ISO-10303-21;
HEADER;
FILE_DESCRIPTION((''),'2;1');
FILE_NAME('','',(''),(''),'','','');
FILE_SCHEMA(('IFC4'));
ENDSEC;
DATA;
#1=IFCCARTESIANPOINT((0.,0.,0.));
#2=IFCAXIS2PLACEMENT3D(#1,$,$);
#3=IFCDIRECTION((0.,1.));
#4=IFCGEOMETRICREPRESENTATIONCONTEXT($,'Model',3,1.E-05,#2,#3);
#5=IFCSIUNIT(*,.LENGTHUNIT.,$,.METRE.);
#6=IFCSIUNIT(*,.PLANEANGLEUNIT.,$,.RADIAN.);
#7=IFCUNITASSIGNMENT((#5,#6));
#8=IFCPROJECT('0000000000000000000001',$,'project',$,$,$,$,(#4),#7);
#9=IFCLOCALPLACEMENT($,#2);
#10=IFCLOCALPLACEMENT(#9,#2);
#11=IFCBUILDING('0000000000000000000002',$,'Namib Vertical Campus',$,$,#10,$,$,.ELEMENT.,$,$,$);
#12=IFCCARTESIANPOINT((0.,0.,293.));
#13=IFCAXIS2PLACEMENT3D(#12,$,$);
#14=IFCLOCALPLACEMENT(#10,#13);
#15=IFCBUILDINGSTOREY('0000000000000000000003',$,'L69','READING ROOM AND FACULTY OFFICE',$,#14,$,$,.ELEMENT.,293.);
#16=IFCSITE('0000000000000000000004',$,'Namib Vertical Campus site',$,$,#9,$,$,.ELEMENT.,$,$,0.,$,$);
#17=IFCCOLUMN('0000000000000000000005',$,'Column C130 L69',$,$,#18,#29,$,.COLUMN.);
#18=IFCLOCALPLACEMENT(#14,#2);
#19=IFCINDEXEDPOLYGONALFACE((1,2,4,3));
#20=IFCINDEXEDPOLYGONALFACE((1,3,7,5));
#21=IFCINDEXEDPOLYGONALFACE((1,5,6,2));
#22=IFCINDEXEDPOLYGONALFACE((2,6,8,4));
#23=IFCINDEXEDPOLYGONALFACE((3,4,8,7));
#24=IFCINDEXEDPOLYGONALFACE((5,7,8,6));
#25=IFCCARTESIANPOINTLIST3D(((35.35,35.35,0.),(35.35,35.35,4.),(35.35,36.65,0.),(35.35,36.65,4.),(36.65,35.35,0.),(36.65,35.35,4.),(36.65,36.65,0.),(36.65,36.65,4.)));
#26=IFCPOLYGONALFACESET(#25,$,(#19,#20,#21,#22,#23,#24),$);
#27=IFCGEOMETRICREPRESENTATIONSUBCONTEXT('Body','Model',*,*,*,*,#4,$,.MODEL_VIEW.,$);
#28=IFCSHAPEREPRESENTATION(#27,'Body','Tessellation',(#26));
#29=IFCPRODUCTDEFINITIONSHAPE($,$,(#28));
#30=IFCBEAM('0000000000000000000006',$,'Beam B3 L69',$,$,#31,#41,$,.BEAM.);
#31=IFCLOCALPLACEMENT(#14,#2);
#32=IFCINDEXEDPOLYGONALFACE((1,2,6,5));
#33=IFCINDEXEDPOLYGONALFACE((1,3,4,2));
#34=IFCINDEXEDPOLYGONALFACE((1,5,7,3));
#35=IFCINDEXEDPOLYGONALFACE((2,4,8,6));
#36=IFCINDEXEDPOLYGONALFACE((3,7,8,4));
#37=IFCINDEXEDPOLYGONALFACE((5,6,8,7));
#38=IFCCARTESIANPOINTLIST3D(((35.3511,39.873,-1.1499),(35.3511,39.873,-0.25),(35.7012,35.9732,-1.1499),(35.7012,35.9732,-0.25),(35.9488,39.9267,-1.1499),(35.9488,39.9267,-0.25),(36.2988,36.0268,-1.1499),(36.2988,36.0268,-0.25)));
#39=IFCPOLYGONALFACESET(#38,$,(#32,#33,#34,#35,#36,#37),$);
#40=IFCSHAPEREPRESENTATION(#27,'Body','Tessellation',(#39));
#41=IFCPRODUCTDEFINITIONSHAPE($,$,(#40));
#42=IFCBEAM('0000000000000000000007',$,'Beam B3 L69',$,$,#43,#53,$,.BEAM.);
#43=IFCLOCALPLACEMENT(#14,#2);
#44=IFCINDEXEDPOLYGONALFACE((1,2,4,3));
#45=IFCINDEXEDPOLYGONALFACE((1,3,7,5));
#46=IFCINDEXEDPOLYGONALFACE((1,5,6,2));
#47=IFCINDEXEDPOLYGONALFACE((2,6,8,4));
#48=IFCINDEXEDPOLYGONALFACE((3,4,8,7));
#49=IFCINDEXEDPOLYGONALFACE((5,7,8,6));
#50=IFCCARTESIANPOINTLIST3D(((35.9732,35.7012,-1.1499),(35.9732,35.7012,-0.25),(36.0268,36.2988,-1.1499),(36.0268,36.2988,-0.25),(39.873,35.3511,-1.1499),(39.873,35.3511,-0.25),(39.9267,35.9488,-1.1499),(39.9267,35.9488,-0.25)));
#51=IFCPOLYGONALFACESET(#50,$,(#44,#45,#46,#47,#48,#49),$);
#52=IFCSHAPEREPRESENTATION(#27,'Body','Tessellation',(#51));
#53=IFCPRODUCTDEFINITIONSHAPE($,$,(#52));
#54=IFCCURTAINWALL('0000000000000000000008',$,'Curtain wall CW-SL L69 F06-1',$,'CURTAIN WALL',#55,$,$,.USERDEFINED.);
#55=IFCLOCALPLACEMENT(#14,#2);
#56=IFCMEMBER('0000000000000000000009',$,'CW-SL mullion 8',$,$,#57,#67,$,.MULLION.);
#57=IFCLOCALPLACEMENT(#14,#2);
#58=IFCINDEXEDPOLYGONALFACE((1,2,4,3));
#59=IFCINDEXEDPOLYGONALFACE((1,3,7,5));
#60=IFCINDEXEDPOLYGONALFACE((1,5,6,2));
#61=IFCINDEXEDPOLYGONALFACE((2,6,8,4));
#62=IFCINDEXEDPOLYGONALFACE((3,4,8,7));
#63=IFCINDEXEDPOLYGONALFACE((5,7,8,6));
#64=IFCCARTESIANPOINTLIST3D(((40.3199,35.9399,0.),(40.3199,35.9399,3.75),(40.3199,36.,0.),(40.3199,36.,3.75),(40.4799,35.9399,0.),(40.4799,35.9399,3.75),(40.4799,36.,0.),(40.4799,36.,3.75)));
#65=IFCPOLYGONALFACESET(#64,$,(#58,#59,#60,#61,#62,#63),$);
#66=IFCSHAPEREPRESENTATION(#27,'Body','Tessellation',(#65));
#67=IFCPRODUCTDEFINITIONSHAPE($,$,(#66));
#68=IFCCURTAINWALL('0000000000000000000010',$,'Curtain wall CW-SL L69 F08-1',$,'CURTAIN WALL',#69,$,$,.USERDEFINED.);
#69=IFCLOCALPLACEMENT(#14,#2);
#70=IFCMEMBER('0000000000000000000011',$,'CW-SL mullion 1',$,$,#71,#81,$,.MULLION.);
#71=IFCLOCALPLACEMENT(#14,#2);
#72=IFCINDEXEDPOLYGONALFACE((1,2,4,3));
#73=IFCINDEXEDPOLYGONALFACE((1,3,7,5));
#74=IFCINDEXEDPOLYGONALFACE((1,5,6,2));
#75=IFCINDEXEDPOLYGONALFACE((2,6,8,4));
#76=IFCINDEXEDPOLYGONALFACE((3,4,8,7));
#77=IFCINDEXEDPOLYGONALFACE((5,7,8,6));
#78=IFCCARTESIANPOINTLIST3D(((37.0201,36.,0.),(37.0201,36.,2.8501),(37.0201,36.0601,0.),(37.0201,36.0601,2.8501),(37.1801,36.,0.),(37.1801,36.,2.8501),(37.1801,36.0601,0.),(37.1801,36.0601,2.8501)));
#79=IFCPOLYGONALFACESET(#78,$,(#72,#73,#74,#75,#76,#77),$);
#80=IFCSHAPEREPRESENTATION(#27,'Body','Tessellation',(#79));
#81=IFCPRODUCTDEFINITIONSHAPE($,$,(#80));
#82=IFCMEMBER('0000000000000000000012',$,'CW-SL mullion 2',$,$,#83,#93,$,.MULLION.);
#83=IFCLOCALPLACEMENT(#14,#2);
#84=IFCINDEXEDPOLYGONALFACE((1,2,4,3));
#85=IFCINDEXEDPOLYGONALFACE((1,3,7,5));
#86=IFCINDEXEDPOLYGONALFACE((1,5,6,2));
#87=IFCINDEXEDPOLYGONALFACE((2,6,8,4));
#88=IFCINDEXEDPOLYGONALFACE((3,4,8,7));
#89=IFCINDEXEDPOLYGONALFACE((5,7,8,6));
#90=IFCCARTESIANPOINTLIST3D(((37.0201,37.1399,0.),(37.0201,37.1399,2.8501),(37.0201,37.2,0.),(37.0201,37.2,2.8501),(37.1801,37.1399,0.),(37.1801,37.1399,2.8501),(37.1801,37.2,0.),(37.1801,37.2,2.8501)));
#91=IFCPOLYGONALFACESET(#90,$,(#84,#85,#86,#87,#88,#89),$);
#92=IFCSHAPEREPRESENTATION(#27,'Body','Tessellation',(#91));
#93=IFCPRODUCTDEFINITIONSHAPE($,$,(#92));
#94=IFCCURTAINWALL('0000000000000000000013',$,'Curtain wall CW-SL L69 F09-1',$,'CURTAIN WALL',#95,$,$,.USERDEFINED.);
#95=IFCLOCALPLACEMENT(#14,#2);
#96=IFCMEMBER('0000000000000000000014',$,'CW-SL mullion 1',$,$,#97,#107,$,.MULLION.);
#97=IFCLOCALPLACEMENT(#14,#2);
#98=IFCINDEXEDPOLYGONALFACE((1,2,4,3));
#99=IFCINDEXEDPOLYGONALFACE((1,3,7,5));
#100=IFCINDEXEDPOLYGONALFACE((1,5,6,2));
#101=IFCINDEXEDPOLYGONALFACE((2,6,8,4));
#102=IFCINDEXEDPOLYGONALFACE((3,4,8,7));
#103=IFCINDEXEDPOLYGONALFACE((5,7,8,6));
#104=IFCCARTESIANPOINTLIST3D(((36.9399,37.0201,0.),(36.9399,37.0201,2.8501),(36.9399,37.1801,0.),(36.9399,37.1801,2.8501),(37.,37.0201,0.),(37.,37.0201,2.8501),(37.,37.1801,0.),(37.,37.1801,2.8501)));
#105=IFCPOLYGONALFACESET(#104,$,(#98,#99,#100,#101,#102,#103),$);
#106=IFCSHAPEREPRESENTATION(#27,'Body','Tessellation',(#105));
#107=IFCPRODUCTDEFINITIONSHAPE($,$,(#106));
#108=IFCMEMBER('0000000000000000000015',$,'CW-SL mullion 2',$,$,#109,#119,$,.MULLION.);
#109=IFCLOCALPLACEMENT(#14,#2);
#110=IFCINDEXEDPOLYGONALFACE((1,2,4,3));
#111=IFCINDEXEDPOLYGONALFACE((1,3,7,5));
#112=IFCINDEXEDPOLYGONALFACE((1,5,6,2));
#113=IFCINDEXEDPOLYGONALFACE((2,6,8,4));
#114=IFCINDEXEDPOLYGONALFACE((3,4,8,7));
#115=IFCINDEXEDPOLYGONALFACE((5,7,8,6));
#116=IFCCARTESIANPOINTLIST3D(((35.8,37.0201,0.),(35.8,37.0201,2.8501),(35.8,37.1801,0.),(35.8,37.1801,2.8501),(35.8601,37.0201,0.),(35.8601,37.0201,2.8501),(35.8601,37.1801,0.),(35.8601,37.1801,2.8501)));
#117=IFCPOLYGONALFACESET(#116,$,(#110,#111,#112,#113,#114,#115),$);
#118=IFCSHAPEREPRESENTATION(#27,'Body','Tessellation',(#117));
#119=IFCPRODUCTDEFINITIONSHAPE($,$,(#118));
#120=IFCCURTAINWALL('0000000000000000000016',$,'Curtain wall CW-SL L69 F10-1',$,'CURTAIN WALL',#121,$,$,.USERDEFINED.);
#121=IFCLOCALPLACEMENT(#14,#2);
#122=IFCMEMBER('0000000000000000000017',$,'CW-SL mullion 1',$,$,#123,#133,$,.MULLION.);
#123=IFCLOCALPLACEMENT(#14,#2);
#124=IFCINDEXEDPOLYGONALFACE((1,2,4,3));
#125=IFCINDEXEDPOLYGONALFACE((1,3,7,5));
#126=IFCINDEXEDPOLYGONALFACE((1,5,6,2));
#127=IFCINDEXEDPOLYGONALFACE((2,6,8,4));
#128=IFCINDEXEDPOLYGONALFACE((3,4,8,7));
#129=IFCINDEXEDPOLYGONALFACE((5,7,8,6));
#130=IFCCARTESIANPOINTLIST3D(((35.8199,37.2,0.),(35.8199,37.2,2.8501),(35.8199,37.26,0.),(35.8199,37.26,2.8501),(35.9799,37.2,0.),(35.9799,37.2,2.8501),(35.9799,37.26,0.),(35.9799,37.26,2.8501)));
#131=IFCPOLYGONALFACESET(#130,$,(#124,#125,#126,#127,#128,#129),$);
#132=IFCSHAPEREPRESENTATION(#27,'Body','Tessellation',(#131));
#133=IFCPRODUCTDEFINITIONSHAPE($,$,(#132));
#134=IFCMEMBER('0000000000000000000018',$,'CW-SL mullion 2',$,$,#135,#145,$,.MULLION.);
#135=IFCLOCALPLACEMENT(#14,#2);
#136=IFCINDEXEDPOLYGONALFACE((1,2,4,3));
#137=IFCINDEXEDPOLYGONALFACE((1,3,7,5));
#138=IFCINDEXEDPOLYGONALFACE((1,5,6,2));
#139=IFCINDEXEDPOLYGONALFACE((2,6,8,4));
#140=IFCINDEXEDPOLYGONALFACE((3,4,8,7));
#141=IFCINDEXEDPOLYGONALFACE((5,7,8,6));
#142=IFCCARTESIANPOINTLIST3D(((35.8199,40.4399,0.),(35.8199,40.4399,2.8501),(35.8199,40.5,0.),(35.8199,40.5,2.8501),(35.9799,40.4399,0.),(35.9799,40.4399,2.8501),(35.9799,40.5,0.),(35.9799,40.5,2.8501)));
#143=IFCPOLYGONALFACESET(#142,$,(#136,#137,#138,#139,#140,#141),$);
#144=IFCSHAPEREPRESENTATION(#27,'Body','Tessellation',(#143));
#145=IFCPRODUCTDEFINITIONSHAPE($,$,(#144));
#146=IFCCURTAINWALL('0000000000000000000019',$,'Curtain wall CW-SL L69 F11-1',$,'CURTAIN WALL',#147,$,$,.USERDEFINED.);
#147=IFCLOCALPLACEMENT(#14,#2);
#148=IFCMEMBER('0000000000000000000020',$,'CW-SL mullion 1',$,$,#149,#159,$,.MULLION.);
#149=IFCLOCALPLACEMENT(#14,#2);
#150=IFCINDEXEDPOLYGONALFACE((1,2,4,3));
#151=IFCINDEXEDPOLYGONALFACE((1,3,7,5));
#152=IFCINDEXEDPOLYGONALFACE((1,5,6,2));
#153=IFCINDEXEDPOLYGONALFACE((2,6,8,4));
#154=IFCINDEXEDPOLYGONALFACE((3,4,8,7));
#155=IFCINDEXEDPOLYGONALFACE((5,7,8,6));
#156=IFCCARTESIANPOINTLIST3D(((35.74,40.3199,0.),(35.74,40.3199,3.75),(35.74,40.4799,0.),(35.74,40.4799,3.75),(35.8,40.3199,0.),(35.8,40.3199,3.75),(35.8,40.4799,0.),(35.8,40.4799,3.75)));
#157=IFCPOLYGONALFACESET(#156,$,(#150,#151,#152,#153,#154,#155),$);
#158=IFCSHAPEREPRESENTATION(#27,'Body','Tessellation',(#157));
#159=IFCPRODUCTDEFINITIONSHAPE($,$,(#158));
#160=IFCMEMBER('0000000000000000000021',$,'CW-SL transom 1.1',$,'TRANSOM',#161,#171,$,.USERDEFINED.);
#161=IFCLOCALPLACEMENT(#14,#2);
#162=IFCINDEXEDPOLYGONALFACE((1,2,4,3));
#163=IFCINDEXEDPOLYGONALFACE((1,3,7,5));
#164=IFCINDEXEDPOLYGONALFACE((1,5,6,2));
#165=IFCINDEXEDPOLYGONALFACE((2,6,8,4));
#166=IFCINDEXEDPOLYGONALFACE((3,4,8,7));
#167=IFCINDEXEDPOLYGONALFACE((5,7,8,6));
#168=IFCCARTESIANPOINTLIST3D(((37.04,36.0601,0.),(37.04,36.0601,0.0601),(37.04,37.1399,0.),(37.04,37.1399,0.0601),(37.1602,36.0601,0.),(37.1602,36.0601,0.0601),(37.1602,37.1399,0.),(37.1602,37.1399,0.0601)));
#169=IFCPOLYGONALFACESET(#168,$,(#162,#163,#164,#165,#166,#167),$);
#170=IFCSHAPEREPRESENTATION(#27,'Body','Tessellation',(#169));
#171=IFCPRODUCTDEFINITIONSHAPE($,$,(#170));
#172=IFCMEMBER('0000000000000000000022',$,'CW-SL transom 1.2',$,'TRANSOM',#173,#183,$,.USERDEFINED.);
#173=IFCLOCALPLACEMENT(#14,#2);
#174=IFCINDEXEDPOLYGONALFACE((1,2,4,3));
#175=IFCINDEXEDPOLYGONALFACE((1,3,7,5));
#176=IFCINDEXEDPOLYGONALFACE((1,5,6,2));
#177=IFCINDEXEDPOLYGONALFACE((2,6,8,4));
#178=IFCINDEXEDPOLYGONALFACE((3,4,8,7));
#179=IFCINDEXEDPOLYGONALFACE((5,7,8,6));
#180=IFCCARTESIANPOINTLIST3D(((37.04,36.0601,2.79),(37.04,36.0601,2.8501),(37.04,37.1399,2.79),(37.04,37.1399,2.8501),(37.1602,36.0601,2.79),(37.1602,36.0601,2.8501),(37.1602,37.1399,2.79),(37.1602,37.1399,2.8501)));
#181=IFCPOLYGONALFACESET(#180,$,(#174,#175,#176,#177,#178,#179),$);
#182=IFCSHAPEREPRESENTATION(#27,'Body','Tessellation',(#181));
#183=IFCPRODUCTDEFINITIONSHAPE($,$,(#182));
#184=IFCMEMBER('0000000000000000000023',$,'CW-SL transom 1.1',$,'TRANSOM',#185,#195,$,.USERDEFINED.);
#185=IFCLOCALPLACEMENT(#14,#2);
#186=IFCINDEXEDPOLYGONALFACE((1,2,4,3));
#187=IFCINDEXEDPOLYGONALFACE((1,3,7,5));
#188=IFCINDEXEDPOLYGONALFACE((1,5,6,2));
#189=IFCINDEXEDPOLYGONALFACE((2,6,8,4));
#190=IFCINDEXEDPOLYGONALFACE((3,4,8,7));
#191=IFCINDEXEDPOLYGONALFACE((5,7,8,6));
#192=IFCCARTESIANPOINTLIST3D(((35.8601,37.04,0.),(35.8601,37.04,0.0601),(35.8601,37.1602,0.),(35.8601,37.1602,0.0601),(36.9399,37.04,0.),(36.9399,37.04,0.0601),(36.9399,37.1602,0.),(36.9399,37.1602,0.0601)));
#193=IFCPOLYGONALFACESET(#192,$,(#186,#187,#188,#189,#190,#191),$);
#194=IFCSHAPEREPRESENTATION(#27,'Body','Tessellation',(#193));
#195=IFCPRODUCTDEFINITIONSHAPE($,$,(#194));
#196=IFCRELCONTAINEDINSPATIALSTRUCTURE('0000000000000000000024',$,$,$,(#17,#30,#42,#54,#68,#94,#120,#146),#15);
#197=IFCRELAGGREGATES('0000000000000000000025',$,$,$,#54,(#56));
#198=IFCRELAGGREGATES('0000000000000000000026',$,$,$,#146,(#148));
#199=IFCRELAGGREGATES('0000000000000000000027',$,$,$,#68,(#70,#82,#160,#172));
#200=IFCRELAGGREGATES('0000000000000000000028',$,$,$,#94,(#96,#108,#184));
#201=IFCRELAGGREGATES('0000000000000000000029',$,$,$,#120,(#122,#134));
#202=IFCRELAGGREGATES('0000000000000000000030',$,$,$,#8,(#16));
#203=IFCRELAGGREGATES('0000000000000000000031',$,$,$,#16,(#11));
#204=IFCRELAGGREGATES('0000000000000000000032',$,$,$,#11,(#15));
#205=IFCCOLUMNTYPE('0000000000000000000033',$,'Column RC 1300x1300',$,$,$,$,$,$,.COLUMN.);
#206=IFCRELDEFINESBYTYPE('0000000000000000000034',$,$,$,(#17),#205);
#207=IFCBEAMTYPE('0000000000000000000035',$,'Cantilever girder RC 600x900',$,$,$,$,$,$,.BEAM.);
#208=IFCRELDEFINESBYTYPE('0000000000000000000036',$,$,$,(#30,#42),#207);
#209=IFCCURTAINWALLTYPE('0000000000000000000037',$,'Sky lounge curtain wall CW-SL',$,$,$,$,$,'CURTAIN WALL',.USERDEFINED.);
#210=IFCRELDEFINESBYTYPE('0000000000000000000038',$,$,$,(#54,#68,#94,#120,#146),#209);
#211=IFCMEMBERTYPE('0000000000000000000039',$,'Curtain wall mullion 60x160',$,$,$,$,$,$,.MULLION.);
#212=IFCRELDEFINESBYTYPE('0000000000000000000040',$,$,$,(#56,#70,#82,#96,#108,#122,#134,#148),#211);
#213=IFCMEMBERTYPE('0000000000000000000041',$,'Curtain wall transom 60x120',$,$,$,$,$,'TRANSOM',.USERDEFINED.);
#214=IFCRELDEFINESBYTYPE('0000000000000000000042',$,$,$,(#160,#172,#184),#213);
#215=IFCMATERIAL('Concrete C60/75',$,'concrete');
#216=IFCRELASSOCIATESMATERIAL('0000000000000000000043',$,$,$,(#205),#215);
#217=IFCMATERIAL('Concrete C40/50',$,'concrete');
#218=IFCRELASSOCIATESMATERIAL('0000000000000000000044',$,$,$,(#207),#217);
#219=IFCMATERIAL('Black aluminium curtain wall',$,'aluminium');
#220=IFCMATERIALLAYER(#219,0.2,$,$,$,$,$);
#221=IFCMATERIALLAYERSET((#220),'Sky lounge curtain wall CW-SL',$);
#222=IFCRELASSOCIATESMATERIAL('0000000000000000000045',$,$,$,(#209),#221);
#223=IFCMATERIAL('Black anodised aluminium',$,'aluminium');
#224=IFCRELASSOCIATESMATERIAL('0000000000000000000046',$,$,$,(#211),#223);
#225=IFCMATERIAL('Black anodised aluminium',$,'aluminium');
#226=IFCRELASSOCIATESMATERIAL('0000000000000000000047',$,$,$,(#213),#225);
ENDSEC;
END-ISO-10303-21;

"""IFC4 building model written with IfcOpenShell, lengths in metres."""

from ifc_helpers import new_model, si_unit, direction, frame, origin, origin_2d, place, context, subcontext, project, spatial, rectangle, extrude, material, layer, layer_set, material_profile, profile_set, type_object, element, aggregate, save


model = new_model("IFC4")

# Units and contexts
model_context = context("Model", 3, precision=1e-05, world=origin(), true_north=direction((0.0, 1.0)))
body_context = subcontext(model_context, "Body", "Model", "MODEL_VIEW")
ifc_project = project(units=[si_unit("LENGTHUNIT", "METRE"), si_unit("PLANEANGLEUNIT", "RADIAN")], contexts=[model_context])

# Site, building, storey
site_placement = place(None, origin())
site = spatial("IfcSite", under=ifc_project, at=site_placement, Name="Namib Vertical Campus site", CompositionType="ELEMENT", RefElevation=0.0)
building_placement = place(site_placement, origin())
building = spatial("IfcBuilding", under=site, at=building_placement, Name="Namib Vertical Campus", CompositionType="ELEMENT")
storey_placement = place(building_placement, frame((0.0, 0.0, 293.0)))
storey = spatial("IfcBuildingStorey", under=building, at=storey_placement, Name="L69", Description="READING ROOM AND FACULTY OFFICE", CompositionType="ELEMENT", Elevation=293.0)

# Column
ifc_material_1 = material(Name="Concrete C60/75", Category="concrete")
ifc_material_profile_1 = material_profile(ifc_material_1, rectangle(XDim=1.3, YDim=1.3, at=origin_2d()))
ifc_profile_set_1 = profile_set([ifc_material_profile_1], Name="Concrete C60/75")
column_type = type_object("IfcColumnType", Name="Column RC 1300x1300", PredefinedType="COLUMN", material=ifc_profile_set_1)
column_placement = place(storey_placement, frame((36.0, 36.0, 0.0), z_axis=(0.0, 0.0, 1.0), x_axis=(1.0, 0.0, 0.0)))
element("IfcColumn", 1, at=column_placement, inside=storey, type_object=column_type, Name="Column C130 L69", PredefinedType="COLUMN", context=body_context, shape_type="SweptSolid", body=[
    extrude(rectangle(XDim=1.3, YDim=1.3, at=origin_2d()), origin(), (0.0, 0.0, 1.0), 4.0),
])

# Beams
ifc_material_2 = material(Name="Concrete C40/50", Category="concrete")
ifc_material_profile_2 = material_profile(ifc_material_2, rectangle(XDim=0.6001, YDim=0.8999, at=origin_2d()))
ifc_profile_set_2 = profile_set([ifc_material_profile_2], Name="Concrete C40/50")
beam_type = type_object("IfcBeamType", Name="Cantilever girder RC 600x900", PredefinedType="BEAM", material=ifc_profile_set_2)
for number, where, z_axis, x_axis, name in (
    (2, (36.0, 36.0, -0.7), (-0.089411, 0.995995, 0.0), (-0.995995, -0.089411, 0.0), "Beam B3 L69"),
    (3, (36.0, 36.0, -0.7), (0.995995, -0.089411, 0.0), (0.089411, 0.995995, 0.0), "Beam B3 L69"),
):
    element("IfcBeam", number, at=place(storey_placement, frame(where, z_axis=z_axis, x_axis=x_axis)), inside=storey, type_object=beam_type, Name=name, PredefinedType="BEAM", context=body_context, shape_type="SweptSolid", body=[
        extrude(rectangle(XDim=0.6001, YDim=0.8999, at=origin_2d()), origin(), (0.0, 0.0, 1.0), 3.9155),
    ])

# Curtain wall, member
ifc_material_3 = material(Name="Black aluminium curtain wall", Category="aluminium")
ifc_layer_1 = layer(ifc_material_3, 0.2)
ifc_layer_set_1 = layer_set([ifc_layer_1], Name="Sky lounge curtain wall CW-SL")
curtain_wall_type = type_object("IfcCurtainWallType", Name="Sky lounge curtain wall CW-SL", ElementType="CURTAIN WALL", PredefinedType="USERDEFINED", material=ifc_layer_set_1)
curtain_wall_1_placement = place(storey_placement, origin())
curtain_wall_1 = element("IfcCurtainWall", 4, at=curtain_wall_1_placement, inside=storey, type_object=curtain_wall_type, Name="Curtain wall CW-SL L69 F06-1", ObjectType="CURTAIN WALL", PredefinedType="USERDEFINED")
ifc_material_4 = material(Name="Black anodised aluminium", Category="aluminium")
ifc_material_profile_3 = material_profile(ifc_material_4, rectangle(XDim=0.0601, YDim=0.1599, at=origin_2d()))
ifc_profile_set_3 = profile_set([ifc_material_profile_3], Name="Black anodised aluminium")
member_type_1 = type_object("IfcMemberType", Name="Curtain wall mullion 60x160", PredefinedType="MULLION", material=ifc_profile_set_3)
member_1_placement = place(storey_placement, frame((40.3999, 35.97, 0.0), z_axis=(0.0, 0.0, 1.0), x_axis=(0.0, 1.0, 0.0)))
member_1 = element("IfcMember", 5, at=member_1_placement, type_object=member_type_1, Name="CW-SL mullion 8", PredefinedType="MULLION", context=body_context, shape_type="SweptSolid", body=[
    extrude(rectangle(XDim=0.0601, YDim=0.1599, at=origin_2d()), origin(), (0.0, 0.0, 1.0), 3.75),
])
aggregate(curtain_wall_1, [member_1])

# Curtain walls, members
curtain_wall_2_placement = place(storey_placement, origin())
curtain_wall_2 = element("IfcCurtainWall", 6, at=curtain_wall_2_placement, inside=storey, type_object=curtain_wall_type, Name="Curtain wall CW-SL L69 F08-1", ObjectType="CURTAIN WALL", PredefinedType="USERDEFINED")
member_2_placement = place(storey_placement, frame((37.1001, 36.03, 0.0), z_axis=(0.0, 0.0, 1.0), x_axis=(0.0, 1.0, 0.0)))
member_2 = element("IfcMember", 7, at=member_2_placement, type_object=member_type_1, Name="CW-SL mullion 1", PredefinedType="MULLION", context=body_context, shape_type="SweptSolid", body=[
    extrude(rectangle(XDim=0.0601, YDim=0.1599, at=origin_2d()), origin(), (0.0, 0.0, 1.0), 2.8501),
])
member_3_placement = place(storey_placement, frame((37.1001, 37.1699, 0.0), z_axis=(0.0, 0.0, 1.0), x_axis=(0.0, 1.0, 0.0)))
member_3 = element("IfcMember", 8, at=member_3_placement, type_object=member_type_1, Name="CW-SL mullion 2", PredefinedType="MULLION", context=body_context, shape_type="SweptSolid", body=[
    extrude(rectangle(XDim=0.0601, YDim=0.1599, at=origin_2d()), origin(), (0.0, 0.0, 1.0), 2.8501),
])
curtain_wall_3_placement = place(storey_placement, origin())
curtain_wall_3 = element("IfcCurtainWall", 9, at=curtain_wall_3_placement, inside=storey, type_object=curtain_wall_type, Name="Curtain wall CW-SL L69 F09-1", ObjectType="CURTAIN WALL", PredefinedType="USERDEFINED")
member_4_placement = place(storey_placement, frame((36.97, 37.1001, 0.0), z_axis=(0.0, 0.0, 1.0), x_axis=(-1.0, 0.0, 0.0)))
member_4 = element("IfcMember", 10, at=member_4_placement, type_object=member_type_1, Name="CW-SL mullion 1", PredefinedType="MULLION", context=body_context, shape_type="SweptSolid", body=[
    extrude(rectangle(XDim=0.0601, YDim=0.1599, at=origin_2d()), origin(), (0.0, 0.0, 1.0), 2.8501),
])
member_5_placement = place(storey_placement, frame((35.8301, 37.1001, 0.0), z_axis=(0.0, 0.0, 1.0), x_axis=(-1.0, 0.0, 0.0)))
member_5 = element("IfcMember", 11, at=member_5_placement, type_object=member_type_1, Name="CW-SL mullion 2", PredefinedType="MULLION", context=body_context, shape_type="SweptSolid", body=[
    extrude(rectangle(XDim=0.0601, YDim=0.1599, at=origin_2d()), origin(), (0.0, 0.0, 1.0), 2.8501),
])
curtain_wall_4_placement = place(storey_placement, origin())
curtain_wall_4 = element("IfcCurtainWall", 12, at=curtain_wall_4_placement, inside=storey, type_object=curtain_wall_type, Name="Curtain wall CW-SL L69 F10-1", ObjectType="CURTAIN WALL", PredefinedType="USERDEFINED")
member_6_placement = place(storey_placement, frame((35.8999, 37.23, 0.0), z_axis=(0.0, 0.0, 1.0), x_axis=(0.0, 1.0, 0.0)))
member_6 = element("IfcMember", 13, at=member_6_placement, type_object=member_type_1, Name="CW-SL mullion 1", PredefinedType="MULLION", context=body_context, shape_type="SweptSolid", body=[
    extrude(rectangle(XDim=0.0601, YDim=0.1599, at=origin_2d()), origin(), (0.0, 0.0, 1.0), 2.8501),
])
member_7_placement = place(storey_placement, frame((35.8999, 40.47, 0.0), z_axis=(0.0, 0.0, 1.0), x_axis=(0.0, 1.0, 0.0)))
member_7 = element("IfcMember", 14, at=member_7_placement, type_object=member_type_1, Name="CW-SL mullion 2", PredefinedType="MULLION", context=body_context, shape_type="SweptSolid", body=[
    extrude(rectangle(XDim=0.0601, YDim=0.1599, at=origin_2d()), origin(), (0.0, 0.0, 1.0), 2.8501),
])

# Curtain wall, member
curtain_wall_5_placement = place(storey_placement, origin())
curtain_wall_5 = element("IfcCurtainWall", 15, at=curtain_wall_5_placement, inside=storey, type_object=curtain_wall_type, Name="Curtain wall CW-SL L69 F11-1", ObjectType="CURTAIN WALL", PredefinedType="USERDEFINED")
member_8_placement = place(storey_placement, frame((35.77, 40.3999, 0.0), z_axis=(0.0, 0.0, 1.0), x_axis=(-1.0, 0.0, 0.0)))
member_8 = element("IfcMember", 16, at=member_8_placement, type_object=member_type_1, Name="CW-SL mullion 1", PredefinedType="MULLION", context=body_context, shape_type="SweptSolid", body=[
    extrude(rectangle(XDim=0.0601, YDim=0.1599, at=origin_2d()), origin(), (0.0, 0.0, 1.0), 3.75),
])
aggregate(curtain_wall_5, [member_8])

# Members
ifc_material_5 = material(Name="Black anodised aluminium", Category="aluminium")
ifc_material_profile_4 = material_profile(ifc_material_5, rectangle(XDim=0.0601, YDim=0.1201, at=origin_2d()))
ifc_profile_set_4 = profile_set([ifc_material_profile_4], Name="Black anodised aluminium")
member_type_2 = type_object("IfcMemberType", Name="Curtain wall transom 60x120", ElementType="TRANSOM", PredefinedType="USERDEFINED", material=ifc_profile_set_4)
member_9_placement = place(storey_placement, frame((37.1001, 36.0601, 0.03), z_axis=(0.0, 1.0, 0.0), x_axis=(0.0, 0.0, 1.0)))
member_9 = element("IfcMember", 17, at=member_9_placement, type_object=member_type_2, Name="CW-SL transom 1.1", ObjectType="TRANSOM", PredefinedType="USERDEFINED", context=body_context, shape_type="SweptSolid", body=[
    extrude(rectangle(XDim=0.0601, YDim=0.1201, at=origin_2d()), origin(), (0.0, 0.0, 1.0), 1.0798),
])
member_10_placement = place(storey_placement, frame((37.1001, 36.0601, 2.8201), z_axis=(0.0, 1.0, 0.0), x_axis=(0.0, 0.0, 1.0)))
member_10 = element("IfcMember", 18, at=member_10_placement, type_object=member_type_2, Name="CW-SL transom 1.2", ObjectType="TRANSOM", PredefinedType="USERDEFINED", context=body_context, shape_type="SweptSolid", body=[
    extrude(rectangle(XDim=0.0601, YDim=0.1201, at=origin_2d()), origin(), (0.0, 0.0, 1.0), 1.0798),
])
member_11_placement = place(storey_placement, frame((36.9399, 37.1001, 0.03), z_axis=(-1.0, 0.0, 0.0), x_axis=(0.0, 0.0, 1.0)))
member_11 = element("IfcMember", 19, at=member_11_placement, type_object=member_type_2, Name="CW-SL transom 1.1", ObjectType="TRANSOM", PredefinedType="USERDEFINED", context=body_context, shape_type="SweptSolid", body=[
    extrude(rectangle(XDim=0.0601, YDim=0.1201, at=origin_2d()), origin(), (0.0, 0.0, 1.0), 1.0798),
])

aggregate(curtain_wall_2, [member_2, member_3, member_9, member_10])
aggregate(curtain_wall_3, [member_4, member_5, member_11])
aggregate(curtain_wall_4, [member_6, member_7])

save(model, "model.ifc")
